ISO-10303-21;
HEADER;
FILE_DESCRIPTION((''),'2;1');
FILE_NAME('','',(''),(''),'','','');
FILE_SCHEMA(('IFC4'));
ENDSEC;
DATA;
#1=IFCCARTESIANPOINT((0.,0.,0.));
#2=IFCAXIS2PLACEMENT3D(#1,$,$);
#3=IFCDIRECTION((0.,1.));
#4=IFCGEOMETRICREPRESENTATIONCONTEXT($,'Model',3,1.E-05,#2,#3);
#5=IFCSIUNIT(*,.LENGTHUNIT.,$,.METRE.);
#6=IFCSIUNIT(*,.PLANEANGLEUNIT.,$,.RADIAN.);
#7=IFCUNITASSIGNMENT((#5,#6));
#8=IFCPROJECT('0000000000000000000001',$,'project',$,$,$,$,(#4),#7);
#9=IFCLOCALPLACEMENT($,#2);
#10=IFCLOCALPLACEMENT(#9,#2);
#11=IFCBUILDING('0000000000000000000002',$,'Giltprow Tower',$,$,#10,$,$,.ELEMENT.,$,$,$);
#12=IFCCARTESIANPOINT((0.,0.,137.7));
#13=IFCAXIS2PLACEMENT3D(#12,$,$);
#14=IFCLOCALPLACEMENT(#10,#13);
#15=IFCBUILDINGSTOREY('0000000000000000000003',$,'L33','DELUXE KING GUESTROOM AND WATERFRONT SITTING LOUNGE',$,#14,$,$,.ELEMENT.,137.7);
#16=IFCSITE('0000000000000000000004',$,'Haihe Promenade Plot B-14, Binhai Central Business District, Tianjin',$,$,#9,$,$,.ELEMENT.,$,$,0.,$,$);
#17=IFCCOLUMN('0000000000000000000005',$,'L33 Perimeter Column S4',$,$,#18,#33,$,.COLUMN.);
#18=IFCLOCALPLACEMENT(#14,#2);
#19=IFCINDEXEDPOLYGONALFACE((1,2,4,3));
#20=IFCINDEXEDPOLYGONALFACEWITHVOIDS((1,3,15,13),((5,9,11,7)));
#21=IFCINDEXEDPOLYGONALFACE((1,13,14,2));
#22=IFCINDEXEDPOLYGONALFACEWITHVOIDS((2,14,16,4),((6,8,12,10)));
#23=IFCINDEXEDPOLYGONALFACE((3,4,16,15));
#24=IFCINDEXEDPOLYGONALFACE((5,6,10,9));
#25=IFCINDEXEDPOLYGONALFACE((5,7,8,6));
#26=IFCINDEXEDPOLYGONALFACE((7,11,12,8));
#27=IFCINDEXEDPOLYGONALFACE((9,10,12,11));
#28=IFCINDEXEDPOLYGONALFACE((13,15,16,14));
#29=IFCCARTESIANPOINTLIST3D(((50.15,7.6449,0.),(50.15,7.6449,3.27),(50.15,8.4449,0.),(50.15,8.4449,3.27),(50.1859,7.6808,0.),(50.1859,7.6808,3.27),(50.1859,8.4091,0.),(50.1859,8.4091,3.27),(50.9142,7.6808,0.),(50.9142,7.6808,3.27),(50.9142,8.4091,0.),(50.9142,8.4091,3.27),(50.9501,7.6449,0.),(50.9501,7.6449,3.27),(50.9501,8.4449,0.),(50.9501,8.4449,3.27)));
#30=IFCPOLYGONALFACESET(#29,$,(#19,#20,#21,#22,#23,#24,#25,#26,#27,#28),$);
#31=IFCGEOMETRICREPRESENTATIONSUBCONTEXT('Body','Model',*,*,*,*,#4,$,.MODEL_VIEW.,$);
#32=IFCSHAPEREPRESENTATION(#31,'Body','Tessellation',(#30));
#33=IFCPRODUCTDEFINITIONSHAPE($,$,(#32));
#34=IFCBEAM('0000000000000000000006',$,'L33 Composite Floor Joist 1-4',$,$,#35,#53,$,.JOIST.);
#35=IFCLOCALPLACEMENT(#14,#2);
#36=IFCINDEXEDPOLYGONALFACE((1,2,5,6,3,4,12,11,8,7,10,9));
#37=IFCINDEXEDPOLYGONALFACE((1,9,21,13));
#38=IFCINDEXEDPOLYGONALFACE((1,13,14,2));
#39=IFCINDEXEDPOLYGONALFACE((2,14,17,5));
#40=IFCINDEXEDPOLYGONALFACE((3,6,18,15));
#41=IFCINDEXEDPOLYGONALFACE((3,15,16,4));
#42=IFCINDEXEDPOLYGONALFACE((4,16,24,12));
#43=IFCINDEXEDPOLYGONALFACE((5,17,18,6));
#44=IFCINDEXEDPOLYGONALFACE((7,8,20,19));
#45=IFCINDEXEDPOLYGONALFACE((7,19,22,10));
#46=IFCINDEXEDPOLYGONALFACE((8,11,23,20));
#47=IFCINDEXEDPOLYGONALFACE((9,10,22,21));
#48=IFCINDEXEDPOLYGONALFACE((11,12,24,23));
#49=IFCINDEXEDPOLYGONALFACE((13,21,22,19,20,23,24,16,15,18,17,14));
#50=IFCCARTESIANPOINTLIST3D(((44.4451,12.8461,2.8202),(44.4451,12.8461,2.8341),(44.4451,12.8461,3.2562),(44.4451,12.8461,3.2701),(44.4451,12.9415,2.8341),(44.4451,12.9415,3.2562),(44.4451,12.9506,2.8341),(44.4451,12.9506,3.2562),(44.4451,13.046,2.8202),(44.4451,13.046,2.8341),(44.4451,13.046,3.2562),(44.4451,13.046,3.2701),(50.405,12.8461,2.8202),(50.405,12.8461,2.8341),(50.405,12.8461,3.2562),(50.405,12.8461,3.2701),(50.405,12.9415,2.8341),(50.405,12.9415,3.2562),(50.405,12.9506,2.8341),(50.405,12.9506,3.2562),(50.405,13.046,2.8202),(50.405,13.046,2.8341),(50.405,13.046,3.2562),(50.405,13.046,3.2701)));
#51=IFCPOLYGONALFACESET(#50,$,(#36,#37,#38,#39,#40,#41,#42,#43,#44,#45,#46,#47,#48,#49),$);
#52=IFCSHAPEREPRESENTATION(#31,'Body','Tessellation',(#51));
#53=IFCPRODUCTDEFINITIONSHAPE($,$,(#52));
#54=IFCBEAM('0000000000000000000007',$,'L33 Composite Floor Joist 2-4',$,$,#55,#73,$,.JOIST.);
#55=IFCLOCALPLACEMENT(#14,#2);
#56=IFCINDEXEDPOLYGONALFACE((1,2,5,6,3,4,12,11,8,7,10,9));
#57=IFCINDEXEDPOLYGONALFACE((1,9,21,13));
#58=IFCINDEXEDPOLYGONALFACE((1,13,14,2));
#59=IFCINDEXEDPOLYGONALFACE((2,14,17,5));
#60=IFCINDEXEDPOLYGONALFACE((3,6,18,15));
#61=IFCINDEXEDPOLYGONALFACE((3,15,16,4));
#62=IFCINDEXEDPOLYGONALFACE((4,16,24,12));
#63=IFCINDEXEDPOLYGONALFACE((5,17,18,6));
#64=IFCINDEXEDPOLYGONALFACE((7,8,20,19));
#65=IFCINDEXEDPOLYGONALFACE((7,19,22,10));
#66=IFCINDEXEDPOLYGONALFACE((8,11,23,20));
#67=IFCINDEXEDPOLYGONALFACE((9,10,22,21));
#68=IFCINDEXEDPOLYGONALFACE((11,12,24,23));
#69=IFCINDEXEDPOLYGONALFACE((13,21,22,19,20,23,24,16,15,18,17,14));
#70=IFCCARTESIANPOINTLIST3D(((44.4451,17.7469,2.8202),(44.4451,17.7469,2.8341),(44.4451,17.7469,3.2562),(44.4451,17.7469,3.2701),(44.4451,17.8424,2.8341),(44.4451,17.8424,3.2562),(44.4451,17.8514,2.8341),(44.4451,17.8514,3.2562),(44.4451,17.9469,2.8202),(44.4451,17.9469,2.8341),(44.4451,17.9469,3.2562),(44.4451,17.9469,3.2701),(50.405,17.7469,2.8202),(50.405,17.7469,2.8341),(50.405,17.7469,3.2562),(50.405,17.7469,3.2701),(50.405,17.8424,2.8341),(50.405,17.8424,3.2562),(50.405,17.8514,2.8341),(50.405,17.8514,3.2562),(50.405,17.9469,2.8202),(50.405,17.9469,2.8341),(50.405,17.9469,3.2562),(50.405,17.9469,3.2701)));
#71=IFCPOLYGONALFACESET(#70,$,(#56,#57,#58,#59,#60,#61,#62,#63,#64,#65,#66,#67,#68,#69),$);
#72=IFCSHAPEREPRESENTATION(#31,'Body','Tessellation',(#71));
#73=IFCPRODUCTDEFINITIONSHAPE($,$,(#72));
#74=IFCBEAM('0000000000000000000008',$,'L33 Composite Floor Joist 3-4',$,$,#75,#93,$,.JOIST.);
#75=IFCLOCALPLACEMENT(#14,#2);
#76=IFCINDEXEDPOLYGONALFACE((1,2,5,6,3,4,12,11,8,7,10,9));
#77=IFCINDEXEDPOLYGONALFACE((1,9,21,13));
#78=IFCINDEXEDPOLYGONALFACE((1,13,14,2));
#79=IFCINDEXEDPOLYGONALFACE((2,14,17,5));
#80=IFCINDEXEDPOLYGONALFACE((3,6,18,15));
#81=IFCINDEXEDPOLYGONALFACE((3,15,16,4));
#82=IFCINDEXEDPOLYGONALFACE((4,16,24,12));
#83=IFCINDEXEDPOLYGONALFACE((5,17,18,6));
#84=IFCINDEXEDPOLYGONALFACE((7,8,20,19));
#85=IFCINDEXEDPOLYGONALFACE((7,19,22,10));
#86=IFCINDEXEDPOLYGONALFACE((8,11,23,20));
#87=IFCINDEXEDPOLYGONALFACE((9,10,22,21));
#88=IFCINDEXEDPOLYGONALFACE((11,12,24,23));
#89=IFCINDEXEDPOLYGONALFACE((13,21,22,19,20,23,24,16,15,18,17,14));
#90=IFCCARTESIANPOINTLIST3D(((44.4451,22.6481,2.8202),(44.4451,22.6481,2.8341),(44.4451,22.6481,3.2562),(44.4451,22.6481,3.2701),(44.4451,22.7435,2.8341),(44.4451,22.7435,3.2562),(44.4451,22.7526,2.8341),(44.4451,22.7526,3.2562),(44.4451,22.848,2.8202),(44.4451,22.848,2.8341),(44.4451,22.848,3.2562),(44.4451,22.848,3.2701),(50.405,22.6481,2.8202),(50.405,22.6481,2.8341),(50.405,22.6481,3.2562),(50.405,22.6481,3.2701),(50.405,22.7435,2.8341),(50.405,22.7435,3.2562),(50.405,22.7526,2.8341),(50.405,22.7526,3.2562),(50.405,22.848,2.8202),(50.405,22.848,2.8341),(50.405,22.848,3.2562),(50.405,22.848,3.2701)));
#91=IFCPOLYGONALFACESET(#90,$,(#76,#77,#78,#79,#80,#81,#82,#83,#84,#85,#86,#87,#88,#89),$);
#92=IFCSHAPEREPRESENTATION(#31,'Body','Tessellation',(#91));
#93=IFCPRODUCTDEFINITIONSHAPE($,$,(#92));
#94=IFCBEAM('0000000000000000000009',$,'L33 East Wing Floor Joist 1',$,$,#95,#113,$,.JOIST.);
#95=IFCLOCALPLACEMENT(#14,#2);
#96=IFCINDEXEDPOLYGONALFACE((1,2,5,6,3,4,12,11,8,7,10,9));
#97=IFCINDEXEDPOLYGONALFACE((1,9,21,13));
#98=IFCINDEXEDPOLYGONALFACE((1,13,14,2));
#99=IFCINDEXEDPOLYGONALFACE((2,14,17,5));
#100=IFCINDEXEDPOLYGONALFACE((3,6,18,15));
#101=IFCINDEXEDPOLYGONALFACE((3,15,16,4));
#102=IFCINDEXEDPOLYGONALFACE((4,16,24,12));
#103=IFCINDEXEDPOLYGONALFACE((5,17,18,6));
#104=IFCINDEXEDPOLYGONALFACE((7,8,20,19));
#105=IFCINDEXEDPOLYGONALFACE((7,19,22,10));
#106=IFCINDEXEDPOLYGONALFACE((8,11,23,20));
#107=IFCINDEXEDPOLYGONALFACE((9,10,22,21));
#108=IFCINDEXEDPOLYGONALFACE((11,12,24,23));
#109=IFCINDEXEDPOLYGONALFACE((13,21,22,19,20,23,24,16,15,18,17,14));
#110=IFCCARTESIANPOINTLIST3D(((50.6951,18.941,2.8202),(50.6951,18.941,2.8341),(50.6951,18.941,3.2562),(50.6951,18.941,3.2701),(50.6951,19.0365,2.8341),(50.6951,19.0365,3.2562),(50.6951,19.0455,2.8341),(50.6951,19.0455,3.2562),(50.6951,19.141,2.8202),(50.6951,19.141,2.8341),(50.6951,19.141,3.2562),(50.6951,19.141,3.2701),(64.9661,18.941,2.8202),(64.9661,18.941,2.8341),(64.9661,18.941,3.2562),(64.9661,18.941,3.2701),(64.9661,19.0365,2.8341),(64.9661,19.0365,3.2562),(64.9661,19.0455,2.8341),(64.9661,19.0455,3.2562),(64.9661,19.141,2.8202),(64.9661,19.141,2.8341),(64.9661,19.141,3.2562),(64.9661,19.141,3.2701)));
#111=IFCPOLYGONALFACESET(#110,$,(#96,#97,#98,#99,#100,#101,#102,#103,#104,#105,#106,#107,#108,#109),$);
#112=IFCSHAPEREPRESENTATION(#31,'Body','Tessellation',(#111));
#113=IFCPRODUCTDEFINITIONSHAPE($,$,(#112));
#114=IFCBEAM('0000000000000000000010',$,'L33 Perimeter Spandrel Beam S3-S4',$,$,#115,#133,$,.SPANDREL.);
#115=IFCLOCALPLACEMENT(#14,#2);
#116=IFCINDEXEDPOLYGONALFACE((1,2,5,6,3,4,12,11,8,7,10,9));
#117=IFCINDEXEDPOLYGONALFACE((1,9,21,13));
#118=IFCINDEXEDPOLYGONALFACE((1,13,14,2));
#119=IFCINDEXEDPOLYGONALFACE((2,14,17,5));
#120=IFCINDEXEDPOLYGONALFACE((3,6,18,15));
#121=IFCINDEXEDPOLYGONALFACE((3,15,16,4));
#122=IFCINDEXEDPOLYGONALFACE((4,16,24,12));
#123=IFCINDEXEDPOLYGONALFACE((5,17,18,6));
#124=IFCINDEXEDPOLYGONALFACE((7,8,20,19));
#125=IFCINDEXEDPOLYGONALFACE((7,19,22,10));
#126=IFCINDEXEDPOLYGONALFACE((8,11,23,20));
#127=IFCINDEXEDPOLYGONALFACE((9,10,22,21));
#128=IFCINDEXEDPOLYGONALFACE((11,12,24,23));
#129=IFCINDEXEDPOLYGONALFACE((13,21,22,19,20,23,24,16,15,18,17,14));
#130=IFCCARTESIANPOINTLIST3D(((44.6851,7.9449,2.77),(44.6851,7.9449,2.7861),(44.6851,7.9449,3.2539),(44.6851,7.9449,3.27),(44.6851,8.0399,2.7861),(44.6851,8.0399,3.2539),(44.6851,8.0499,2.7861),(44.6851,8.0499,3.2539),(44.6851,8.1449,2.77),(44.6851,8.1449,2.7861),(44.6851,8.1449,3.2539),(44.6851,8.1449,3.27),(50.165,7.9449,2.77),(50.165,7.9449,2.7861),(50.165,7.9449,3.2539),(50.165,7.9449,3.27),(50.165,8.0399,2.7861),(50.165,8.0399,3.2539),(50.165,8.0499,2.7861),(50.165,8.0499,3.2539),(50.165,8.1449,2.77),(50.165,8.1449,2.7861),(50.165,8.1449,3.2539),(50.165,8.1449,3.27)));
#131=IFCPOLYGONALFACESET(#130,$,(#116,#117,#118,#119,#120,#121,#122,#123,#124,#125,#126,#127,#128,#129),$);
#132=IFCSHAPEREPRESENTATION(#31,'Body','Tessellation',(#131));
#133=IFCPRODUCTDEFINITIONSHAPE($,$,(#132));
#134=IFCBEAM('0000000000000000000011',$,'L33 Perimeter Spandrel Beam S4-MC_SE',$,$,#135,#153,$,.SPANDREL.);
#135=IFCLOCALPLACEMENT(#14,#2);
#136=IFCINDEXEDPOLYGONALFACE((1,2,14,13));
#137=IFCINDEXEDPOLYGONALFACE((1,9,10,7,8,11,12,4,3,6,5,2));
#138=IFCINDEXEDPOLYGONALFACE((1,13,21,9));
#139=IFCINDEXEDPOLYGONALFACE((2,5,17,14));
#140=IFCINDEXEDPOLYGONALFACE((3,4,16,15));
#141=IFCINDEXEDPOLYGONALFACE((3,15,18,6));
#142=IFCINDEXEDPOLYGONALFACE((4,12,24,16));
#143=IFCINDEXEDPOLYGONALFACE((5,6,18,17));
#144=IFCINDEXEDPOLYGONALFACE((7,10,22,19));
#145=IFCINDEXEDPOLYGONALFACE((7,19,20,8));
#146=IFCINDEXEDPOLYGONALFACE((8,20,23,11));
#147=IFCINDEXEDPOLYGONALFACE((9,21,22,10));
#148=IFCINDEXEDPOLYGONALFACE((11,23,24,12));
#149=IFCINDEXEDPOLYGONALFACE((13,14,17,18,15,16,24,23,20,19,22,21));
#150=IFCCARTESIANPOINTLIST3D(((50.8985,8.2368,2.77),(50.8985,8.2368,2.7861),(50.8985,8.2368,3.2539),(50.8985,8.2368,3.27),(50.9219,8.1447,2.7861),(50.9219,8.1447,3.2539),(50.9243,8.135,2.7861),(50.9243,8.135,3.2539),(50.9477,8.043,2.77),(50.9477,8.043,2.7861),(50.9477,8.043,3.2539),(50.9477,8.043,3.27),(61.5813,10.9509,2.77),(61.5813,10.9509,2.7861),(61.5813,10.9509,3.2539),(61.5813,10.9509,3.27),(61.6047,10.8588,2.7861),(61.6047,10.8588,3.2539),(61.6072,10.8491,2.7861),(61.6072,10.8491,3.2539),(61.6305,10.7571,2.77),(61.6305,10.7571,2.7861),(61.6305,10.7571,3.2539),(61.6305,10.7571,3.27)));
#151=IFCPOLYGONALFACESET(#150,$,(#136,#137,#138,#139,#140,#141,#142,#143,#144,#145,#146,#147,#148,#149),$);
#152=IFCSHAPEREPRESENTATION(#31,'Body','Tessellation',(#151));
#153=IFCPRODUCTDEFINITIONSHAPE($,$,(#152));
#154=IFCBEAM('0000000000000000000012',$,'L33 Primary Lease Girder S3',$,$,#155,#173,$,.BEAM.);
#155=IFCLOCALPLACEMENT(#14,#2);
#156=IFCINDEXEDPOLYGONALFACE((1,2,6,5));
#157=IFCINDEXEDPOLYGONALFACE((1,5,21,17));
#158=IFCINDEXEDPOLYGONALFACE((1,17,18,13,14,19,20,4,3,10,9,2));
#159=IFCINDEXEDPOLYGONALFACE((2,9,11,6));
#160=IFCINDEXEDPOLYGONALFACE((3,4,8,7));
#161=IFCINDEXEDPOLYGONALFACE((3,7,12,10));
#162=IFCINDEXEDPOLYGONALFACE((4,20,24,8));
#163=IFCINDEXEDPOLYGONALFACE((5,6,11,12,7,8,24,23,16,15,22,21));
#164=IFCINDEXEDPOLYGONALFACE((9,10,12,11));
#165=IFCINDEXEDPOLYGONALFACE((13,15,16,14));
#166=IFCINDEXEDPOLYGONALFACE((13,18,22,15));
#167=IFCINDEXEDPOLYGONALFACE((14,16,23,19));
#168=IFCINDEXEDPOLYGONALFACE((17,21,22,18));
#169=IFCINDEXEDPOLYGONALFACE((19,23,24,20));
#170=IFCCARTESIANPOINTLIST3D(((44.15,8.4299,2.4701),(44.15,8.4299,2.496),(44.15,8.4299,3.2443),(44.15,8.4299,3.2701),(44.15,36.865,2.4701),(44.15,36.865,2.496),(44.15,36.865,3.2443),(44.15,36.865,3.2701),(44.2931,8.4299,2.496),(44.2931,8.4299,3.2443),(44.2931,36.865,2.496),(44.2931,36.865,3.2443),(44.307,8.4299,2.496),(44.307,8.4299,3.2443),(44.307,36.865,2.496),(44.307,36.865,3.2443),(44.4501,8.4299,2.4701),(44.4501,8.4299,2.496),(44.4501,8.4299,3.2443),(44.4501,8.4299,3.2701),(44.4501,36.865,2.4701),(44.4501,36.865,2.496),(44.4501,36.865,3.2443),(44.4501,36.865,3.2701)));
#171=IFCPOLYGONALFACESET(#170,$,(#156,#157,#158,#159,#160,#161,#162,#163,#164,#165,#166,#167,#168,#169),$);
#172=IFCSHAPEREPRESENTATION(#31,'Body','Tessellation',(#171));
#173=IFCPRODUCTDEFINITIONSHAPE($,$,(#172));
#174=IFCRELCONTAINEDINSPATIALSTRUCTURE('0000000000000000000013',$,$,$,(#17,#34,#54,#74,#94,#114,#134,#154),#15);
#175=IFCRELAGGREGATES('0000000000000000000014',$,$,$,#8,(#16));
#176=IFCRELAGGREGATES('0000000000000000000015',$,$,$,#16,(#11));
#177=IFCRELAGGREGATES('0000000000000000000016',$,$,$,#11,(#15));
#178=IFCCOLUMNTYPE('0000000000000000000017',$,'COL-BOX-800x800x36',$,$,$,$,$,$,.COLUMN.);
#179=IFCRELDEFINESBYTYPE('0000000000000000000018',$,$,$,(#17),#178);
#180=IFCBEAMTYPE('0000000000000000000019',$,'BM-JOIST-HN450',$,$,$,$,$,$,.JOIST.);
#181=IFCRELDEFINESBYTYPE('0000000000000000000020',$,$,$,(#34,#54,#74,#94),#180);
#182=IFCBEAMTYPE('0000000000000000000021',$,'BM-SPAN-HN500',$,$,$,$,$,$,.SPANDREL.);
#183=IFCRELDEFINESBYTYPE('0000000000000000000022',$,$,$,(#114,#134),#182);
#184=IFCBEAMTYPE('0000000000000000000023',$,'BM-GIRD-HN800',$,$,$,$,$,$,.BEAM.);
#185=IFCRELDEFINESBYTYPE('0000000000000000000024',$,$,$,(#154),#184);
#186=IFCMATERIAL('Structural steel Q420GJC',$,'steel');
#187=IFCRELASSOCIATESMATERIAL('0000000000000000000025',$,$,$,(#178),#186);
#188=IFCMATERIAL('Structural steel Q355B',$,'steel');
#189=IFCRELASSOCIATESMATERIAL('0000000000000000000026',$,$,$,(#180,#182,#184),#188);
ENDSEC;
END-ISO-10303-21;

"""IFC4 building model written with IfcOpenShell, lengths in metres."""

from ifc_helpers import new_model, si_unit, direction, frame, origin, origin_2d, place, context, subcontext, project, spatial, hollow_rectangle, i_section, extrude, source, transform, mapped, material, material_profile, profile_set, type_object, element, save


model = new_model("IFC4")

# Units and contexts
model_context = context("Model", 3, precision=1e-05, world=origin(), true_north=direction((0.0, 1.0)))
body_context = subcontext(model_context, "Body", "Model", "MODEL_VIEW")
ifc_project = project(units=[si_unit("LENGTHUNIT", "METRE"), si_unit("PLANEANGLEUNIT", "RADIAN")], contexts=[model_context])

# Site, building, storey
site_placement = place(None, origin())
site = spatial("IfcSite", under=ifc_project, at=site_placement, Name="Haihe Promenade Plot B-14, Binhai Central Business District, Tianjin", CompositionType="ELEMENT", RefElevation=0.0)
building_placement = place(site_placement, origin())
building = spatial("IfcBuilding", under=site, at=building_placement, Name="Giltprow Tower", CompositionType="ELEMENT")
storey_placement = place(building_placement, frame((0.0, 0.0, 137.7)))
storey = spatial("IfcBuildingStorey", under=building, at=storey_placement, Name="L33", Description="DELUXE KING GUESTROOM AND WATERFRONT SITTING LOUNGE", CompositionType="ELEMENT", Elevation=137.7)

# Column
ifc_material_1 = material(Name="Structural steel Q420GJC", Category="steel")
ifc_material_profile_1 = material_profile(ifc_material_1, hollow_rectangle(XDim=0.8, YDim=0.8, WallThickness=0.0359, at=origin_2d()), Name="BOX 800x800x36")
ifc_profile_set_1 = profile_set([ifc_material_profile_1], Name="Structural steel Q420GJC")
column_type = type_object("IfcColumnType", Name="COL-BOX-800x800x36", PredefinedType="COLUMN", material=ifc_profile_set_1)
shared_shape_1 = source(origin(), body_context, "Body", "SweptSolid", [
    extrude(hollow_rectangle(XDim=0.8, YDim=0.8, WallThickness=0.0359, at=origin_2d()), origin(), (0.0, 0.0, 1.0), 3.27),
])
column_placement = place(storey_placement, frame((50.55, 8.0449, 0.0), z_axis=(0.0, 0.0, 1.0), x_axis=(1.0, 0.0, 0.0)))
element("IfcColumn", 1, at=column_placement, inside=storey, type_object=column_type, Name="L33 Perimeter Column S4", PredefinedType="COLUMN", context=body_context, shape_type="MappedRepresentation", body=[
    mapped(shared_shape_1, transform((0.0, 0.0, 0.0), x_axis=(1.0, 0.0, 0.0), y_axis=(0.0, 1.0, 0.0), z_axis=(0.0, 0.0, 1.0), scale=1.0)),
])

# Beams
ifc_material_2 = material(Name="Structural steel Q355B", Category="steel")
ifc_material_profile_2 = material_profile(ifc_material_2, i_section(OverallWidth=0.2, OverallDepth=0.45, WebThickness=0.009, FlangeThickness=0.0139, at=origin_2d()), Name="HN 450x200x9x14")
ifc_profile_set_2 = profile_set([ifc_material_profile_2], Name="Structural steel Q355B")
beam_type_1 = type_object("IfcBeamType", Name="BM-JOIST-HN450", PredefinedType="JOIST", material=ifc_profile_set_2)
shared_shape_2 = source(origin(), body_context, "Body", "SweptSolid", [
    extrude(i_section(OverallWidth=0.2, OverallDepth=0.45, WebThickness=0.009, FlangeThickness=0.0139, at=origin_2d()), origin(), (0.0, 0.0, 1.0), 5.96),
])
for number, where, z_axis, x_axis, name in (
    (2, (44.4451, 12.946, 3.0452), (1.0, 0.0, 0.0), (0.0, 1.0, 0.0), "L33 Composite Floor Joist 1-4"),
    (3, (44.4451, 17.8469, 3.0452), (1.0, 0.0, 0.0), (0.0, 1.0, 0.0), "L33 Composite Floor Joist 2-4"),
    (4, (44.4451, 22.748, 3.0452), (1.0, 0.0, 0.0), (0.0, 1.0, 0.0), "L33 Composite Floor Joist 3-4"),
):
    element("IfcBeam", number, at=place(storey_placement, frame(where, z_axis=z_axis, x_axis=x_axis)), inside=storey, type_object=beam_type_1, Name=name, PredefinedType="JOIST", context=body_context, shape_type="MappedRepresentation", body=[
        mapped(shared_shape_2, transform((0.0, 0.0, 0.0), x_axis=(1.0, 0.0, 0.0), y_axis=(0.0, 1.0, 0.0), z_axis=(0.0, 0.0, 1.0), scale=1.0)),
    ])
shared_shape_3 = source(origin(), body_context, "Body", "SweptSolid", [
    extrude(i_section(OverallWidth=0.2, OverallDepth=0.45, WebThickness=0.009, FlangeThickness=0.0139, at=origin_2d()), origin(), (0.0, 0.0, 1.0), 14.271),
])
beam_1_placement = place(storey_placement, frame((50.6951, 19.041, 3.0452), z_axis=(1.0, 0.0, 0.0), x_axis=(0.0, 1.0, 0.0)))
element("IfcBeam", 5, at=beam_1_placement, inside=storey, type_object=beam_type_1, Name="L33 East Wing Floor Joist 1", PredefinedType="JOIST", context=body_context, shape_type="MappedRepresentation", body=[
    mapped(shared_shape_3, transform((0.0, 0.0, 0.0), x_axis=(1.0, 0.0, 0.0), y_axis=(0.0, 1.0, 0.0), z_axis=(0.0, 0.0, 1.0), scale=1.0)),
])
ifc_material_profile_3 = material_profile(ifc_material_2, i_section(OverallWidth=0.2, OverallDepth=0.5, WebThickness=0.01, FlangeThickness=0.0161, at=origin_2d()), Name="HN 500x200x10x16")
ifc_profile_set_3 = profile_set([ifc_material_profile_3], Name="Structural steel Q355B")
beam_type_2 = type_object("IfcBeamType", Name="BM-SPAN-HN500", PredefinedType="SPANDREL", material=ifc_profile_set_3)
shared_shape_4 = source(origin(), body_context, "Body", "SweptSolid", [
    extrude(i_section(OverallWidth=0.2, OverallDepth=0.5, WebThickness=0.01, FlangeThickness=0.0161, at=origin_2d()), origin(), (0.0, 0.0, 1.0), 5.48),
])
beam_2_placement = place(storey_placement, frame((44.6851, 8.0449, 3.02), z_axis=(1.0, 0.0, 0.0), x_axis=(0.0, 1.0, 0.0)))
element("IfcBeam", 6, at=beam_2_placement, inside=storey, type_object=beam_type_2, Name="L33 Perimeter Spandrel Beam S3-S4", PredefinedType="SPANDREL", context=body_context, shape_type="MappedRepresentation", body=[
    mapped(shared_shape_4, transform((0.0, 0.0, 0.0), x_axis=(1.0, 0.0, 0.0), y_axis=(0.0, 1.0, 0.0), z_axis=(0.0, 0.0, 1.0), scale=1.0)),
])
shared_shape_5 = source(origin(), body_context, "Body", "SweptSolid", [
    extrude(i_section(OverallWidth=0.2, OverallDepth=0.5, WebThickness=0.01, FlangeThickness=0.0161, at=origin_2d()), origin(), (0.0, 0.0, 1.0), 11.0222),
])
beam_3_placement = place(storey_placement, frame((50.9231, 8.1399, 3.02), z_axis=(0.969209, 0.246239, 0.0), x_axis=(-0.246239, 0.969209, 0.0)))
element("IfcBeam", 7, at=beam_3_placement, inside=storey, type_object=beam_type_2, Name="L33 Perimeter Spandrel Beam S4-MC_SE", PredefinedType="SPANDREL", context=body_context, shape_type="MappedRepresentation", body=[
    mapped(shared_shape_5, transform((0.0, 0.0, 0.0), x_axis=(1.0, 0.0, 0.0), y_axis=(0.0, 1.0, 0.0), z_axis=(0.0, 0.0, 1.0), scale=1.0)),
])
ifc_material_profile_4 = material_profile(ifc_material_2, i_section(OverallWidth=0.3, OverallDepth=0.8, WebThickness=0.0139, FlangeThickness=0.0259, at=origin_2d()), Name="HN 800x300x14x26")
ifc_profile_set_4 = profile_set([ifc_material_profile_4], Name="Structural steel Q355B")
beam_type_3 = type_object("IfcBeamType", Name="BM-GIRD-HN800", PredefinedType="BEAM", material=ifc_profile_set_4)
shared_shape_6 = source(origin(), body_context, "Body", "SweptSolid", [
    extrude(i_section(OverallWidth=0.3, OverallDepth=0.8, WebThickness=0.0139, FlangeThickness=0.0259, at=origin_2d()), origin(), (0.0, 0.0, 1.0), 28.4351),
])
for number, where, z_axis, x_axis, name in (
    (8, (44.3, 8.4299, 2.8701), (0.0, 1.0, 0.0), (-1.0, 0.0, 0.0), "L33 Primary Lease Girder S3"),
):
    element("IfcBeam", number, at=place(storey_placement, frame(where, z_axis=z_axis, x_axis=x_axis)), inside=storey, type_object=beam_type_3, Name=name, PredefinedType="BEAM", context=body_context, shape_type="MappedRepresentation", body=[
        mapped(shared_shape_6, transform((0.0, 0.0, 0.0), x_axis=(1.0, 0.0, 0.0), y_axis=(0.0, 1.0, 0.0), z_axis=(0.0, 0.0, 1.0), scale=1.0)),
    ])

save(model, "model.ifc")
